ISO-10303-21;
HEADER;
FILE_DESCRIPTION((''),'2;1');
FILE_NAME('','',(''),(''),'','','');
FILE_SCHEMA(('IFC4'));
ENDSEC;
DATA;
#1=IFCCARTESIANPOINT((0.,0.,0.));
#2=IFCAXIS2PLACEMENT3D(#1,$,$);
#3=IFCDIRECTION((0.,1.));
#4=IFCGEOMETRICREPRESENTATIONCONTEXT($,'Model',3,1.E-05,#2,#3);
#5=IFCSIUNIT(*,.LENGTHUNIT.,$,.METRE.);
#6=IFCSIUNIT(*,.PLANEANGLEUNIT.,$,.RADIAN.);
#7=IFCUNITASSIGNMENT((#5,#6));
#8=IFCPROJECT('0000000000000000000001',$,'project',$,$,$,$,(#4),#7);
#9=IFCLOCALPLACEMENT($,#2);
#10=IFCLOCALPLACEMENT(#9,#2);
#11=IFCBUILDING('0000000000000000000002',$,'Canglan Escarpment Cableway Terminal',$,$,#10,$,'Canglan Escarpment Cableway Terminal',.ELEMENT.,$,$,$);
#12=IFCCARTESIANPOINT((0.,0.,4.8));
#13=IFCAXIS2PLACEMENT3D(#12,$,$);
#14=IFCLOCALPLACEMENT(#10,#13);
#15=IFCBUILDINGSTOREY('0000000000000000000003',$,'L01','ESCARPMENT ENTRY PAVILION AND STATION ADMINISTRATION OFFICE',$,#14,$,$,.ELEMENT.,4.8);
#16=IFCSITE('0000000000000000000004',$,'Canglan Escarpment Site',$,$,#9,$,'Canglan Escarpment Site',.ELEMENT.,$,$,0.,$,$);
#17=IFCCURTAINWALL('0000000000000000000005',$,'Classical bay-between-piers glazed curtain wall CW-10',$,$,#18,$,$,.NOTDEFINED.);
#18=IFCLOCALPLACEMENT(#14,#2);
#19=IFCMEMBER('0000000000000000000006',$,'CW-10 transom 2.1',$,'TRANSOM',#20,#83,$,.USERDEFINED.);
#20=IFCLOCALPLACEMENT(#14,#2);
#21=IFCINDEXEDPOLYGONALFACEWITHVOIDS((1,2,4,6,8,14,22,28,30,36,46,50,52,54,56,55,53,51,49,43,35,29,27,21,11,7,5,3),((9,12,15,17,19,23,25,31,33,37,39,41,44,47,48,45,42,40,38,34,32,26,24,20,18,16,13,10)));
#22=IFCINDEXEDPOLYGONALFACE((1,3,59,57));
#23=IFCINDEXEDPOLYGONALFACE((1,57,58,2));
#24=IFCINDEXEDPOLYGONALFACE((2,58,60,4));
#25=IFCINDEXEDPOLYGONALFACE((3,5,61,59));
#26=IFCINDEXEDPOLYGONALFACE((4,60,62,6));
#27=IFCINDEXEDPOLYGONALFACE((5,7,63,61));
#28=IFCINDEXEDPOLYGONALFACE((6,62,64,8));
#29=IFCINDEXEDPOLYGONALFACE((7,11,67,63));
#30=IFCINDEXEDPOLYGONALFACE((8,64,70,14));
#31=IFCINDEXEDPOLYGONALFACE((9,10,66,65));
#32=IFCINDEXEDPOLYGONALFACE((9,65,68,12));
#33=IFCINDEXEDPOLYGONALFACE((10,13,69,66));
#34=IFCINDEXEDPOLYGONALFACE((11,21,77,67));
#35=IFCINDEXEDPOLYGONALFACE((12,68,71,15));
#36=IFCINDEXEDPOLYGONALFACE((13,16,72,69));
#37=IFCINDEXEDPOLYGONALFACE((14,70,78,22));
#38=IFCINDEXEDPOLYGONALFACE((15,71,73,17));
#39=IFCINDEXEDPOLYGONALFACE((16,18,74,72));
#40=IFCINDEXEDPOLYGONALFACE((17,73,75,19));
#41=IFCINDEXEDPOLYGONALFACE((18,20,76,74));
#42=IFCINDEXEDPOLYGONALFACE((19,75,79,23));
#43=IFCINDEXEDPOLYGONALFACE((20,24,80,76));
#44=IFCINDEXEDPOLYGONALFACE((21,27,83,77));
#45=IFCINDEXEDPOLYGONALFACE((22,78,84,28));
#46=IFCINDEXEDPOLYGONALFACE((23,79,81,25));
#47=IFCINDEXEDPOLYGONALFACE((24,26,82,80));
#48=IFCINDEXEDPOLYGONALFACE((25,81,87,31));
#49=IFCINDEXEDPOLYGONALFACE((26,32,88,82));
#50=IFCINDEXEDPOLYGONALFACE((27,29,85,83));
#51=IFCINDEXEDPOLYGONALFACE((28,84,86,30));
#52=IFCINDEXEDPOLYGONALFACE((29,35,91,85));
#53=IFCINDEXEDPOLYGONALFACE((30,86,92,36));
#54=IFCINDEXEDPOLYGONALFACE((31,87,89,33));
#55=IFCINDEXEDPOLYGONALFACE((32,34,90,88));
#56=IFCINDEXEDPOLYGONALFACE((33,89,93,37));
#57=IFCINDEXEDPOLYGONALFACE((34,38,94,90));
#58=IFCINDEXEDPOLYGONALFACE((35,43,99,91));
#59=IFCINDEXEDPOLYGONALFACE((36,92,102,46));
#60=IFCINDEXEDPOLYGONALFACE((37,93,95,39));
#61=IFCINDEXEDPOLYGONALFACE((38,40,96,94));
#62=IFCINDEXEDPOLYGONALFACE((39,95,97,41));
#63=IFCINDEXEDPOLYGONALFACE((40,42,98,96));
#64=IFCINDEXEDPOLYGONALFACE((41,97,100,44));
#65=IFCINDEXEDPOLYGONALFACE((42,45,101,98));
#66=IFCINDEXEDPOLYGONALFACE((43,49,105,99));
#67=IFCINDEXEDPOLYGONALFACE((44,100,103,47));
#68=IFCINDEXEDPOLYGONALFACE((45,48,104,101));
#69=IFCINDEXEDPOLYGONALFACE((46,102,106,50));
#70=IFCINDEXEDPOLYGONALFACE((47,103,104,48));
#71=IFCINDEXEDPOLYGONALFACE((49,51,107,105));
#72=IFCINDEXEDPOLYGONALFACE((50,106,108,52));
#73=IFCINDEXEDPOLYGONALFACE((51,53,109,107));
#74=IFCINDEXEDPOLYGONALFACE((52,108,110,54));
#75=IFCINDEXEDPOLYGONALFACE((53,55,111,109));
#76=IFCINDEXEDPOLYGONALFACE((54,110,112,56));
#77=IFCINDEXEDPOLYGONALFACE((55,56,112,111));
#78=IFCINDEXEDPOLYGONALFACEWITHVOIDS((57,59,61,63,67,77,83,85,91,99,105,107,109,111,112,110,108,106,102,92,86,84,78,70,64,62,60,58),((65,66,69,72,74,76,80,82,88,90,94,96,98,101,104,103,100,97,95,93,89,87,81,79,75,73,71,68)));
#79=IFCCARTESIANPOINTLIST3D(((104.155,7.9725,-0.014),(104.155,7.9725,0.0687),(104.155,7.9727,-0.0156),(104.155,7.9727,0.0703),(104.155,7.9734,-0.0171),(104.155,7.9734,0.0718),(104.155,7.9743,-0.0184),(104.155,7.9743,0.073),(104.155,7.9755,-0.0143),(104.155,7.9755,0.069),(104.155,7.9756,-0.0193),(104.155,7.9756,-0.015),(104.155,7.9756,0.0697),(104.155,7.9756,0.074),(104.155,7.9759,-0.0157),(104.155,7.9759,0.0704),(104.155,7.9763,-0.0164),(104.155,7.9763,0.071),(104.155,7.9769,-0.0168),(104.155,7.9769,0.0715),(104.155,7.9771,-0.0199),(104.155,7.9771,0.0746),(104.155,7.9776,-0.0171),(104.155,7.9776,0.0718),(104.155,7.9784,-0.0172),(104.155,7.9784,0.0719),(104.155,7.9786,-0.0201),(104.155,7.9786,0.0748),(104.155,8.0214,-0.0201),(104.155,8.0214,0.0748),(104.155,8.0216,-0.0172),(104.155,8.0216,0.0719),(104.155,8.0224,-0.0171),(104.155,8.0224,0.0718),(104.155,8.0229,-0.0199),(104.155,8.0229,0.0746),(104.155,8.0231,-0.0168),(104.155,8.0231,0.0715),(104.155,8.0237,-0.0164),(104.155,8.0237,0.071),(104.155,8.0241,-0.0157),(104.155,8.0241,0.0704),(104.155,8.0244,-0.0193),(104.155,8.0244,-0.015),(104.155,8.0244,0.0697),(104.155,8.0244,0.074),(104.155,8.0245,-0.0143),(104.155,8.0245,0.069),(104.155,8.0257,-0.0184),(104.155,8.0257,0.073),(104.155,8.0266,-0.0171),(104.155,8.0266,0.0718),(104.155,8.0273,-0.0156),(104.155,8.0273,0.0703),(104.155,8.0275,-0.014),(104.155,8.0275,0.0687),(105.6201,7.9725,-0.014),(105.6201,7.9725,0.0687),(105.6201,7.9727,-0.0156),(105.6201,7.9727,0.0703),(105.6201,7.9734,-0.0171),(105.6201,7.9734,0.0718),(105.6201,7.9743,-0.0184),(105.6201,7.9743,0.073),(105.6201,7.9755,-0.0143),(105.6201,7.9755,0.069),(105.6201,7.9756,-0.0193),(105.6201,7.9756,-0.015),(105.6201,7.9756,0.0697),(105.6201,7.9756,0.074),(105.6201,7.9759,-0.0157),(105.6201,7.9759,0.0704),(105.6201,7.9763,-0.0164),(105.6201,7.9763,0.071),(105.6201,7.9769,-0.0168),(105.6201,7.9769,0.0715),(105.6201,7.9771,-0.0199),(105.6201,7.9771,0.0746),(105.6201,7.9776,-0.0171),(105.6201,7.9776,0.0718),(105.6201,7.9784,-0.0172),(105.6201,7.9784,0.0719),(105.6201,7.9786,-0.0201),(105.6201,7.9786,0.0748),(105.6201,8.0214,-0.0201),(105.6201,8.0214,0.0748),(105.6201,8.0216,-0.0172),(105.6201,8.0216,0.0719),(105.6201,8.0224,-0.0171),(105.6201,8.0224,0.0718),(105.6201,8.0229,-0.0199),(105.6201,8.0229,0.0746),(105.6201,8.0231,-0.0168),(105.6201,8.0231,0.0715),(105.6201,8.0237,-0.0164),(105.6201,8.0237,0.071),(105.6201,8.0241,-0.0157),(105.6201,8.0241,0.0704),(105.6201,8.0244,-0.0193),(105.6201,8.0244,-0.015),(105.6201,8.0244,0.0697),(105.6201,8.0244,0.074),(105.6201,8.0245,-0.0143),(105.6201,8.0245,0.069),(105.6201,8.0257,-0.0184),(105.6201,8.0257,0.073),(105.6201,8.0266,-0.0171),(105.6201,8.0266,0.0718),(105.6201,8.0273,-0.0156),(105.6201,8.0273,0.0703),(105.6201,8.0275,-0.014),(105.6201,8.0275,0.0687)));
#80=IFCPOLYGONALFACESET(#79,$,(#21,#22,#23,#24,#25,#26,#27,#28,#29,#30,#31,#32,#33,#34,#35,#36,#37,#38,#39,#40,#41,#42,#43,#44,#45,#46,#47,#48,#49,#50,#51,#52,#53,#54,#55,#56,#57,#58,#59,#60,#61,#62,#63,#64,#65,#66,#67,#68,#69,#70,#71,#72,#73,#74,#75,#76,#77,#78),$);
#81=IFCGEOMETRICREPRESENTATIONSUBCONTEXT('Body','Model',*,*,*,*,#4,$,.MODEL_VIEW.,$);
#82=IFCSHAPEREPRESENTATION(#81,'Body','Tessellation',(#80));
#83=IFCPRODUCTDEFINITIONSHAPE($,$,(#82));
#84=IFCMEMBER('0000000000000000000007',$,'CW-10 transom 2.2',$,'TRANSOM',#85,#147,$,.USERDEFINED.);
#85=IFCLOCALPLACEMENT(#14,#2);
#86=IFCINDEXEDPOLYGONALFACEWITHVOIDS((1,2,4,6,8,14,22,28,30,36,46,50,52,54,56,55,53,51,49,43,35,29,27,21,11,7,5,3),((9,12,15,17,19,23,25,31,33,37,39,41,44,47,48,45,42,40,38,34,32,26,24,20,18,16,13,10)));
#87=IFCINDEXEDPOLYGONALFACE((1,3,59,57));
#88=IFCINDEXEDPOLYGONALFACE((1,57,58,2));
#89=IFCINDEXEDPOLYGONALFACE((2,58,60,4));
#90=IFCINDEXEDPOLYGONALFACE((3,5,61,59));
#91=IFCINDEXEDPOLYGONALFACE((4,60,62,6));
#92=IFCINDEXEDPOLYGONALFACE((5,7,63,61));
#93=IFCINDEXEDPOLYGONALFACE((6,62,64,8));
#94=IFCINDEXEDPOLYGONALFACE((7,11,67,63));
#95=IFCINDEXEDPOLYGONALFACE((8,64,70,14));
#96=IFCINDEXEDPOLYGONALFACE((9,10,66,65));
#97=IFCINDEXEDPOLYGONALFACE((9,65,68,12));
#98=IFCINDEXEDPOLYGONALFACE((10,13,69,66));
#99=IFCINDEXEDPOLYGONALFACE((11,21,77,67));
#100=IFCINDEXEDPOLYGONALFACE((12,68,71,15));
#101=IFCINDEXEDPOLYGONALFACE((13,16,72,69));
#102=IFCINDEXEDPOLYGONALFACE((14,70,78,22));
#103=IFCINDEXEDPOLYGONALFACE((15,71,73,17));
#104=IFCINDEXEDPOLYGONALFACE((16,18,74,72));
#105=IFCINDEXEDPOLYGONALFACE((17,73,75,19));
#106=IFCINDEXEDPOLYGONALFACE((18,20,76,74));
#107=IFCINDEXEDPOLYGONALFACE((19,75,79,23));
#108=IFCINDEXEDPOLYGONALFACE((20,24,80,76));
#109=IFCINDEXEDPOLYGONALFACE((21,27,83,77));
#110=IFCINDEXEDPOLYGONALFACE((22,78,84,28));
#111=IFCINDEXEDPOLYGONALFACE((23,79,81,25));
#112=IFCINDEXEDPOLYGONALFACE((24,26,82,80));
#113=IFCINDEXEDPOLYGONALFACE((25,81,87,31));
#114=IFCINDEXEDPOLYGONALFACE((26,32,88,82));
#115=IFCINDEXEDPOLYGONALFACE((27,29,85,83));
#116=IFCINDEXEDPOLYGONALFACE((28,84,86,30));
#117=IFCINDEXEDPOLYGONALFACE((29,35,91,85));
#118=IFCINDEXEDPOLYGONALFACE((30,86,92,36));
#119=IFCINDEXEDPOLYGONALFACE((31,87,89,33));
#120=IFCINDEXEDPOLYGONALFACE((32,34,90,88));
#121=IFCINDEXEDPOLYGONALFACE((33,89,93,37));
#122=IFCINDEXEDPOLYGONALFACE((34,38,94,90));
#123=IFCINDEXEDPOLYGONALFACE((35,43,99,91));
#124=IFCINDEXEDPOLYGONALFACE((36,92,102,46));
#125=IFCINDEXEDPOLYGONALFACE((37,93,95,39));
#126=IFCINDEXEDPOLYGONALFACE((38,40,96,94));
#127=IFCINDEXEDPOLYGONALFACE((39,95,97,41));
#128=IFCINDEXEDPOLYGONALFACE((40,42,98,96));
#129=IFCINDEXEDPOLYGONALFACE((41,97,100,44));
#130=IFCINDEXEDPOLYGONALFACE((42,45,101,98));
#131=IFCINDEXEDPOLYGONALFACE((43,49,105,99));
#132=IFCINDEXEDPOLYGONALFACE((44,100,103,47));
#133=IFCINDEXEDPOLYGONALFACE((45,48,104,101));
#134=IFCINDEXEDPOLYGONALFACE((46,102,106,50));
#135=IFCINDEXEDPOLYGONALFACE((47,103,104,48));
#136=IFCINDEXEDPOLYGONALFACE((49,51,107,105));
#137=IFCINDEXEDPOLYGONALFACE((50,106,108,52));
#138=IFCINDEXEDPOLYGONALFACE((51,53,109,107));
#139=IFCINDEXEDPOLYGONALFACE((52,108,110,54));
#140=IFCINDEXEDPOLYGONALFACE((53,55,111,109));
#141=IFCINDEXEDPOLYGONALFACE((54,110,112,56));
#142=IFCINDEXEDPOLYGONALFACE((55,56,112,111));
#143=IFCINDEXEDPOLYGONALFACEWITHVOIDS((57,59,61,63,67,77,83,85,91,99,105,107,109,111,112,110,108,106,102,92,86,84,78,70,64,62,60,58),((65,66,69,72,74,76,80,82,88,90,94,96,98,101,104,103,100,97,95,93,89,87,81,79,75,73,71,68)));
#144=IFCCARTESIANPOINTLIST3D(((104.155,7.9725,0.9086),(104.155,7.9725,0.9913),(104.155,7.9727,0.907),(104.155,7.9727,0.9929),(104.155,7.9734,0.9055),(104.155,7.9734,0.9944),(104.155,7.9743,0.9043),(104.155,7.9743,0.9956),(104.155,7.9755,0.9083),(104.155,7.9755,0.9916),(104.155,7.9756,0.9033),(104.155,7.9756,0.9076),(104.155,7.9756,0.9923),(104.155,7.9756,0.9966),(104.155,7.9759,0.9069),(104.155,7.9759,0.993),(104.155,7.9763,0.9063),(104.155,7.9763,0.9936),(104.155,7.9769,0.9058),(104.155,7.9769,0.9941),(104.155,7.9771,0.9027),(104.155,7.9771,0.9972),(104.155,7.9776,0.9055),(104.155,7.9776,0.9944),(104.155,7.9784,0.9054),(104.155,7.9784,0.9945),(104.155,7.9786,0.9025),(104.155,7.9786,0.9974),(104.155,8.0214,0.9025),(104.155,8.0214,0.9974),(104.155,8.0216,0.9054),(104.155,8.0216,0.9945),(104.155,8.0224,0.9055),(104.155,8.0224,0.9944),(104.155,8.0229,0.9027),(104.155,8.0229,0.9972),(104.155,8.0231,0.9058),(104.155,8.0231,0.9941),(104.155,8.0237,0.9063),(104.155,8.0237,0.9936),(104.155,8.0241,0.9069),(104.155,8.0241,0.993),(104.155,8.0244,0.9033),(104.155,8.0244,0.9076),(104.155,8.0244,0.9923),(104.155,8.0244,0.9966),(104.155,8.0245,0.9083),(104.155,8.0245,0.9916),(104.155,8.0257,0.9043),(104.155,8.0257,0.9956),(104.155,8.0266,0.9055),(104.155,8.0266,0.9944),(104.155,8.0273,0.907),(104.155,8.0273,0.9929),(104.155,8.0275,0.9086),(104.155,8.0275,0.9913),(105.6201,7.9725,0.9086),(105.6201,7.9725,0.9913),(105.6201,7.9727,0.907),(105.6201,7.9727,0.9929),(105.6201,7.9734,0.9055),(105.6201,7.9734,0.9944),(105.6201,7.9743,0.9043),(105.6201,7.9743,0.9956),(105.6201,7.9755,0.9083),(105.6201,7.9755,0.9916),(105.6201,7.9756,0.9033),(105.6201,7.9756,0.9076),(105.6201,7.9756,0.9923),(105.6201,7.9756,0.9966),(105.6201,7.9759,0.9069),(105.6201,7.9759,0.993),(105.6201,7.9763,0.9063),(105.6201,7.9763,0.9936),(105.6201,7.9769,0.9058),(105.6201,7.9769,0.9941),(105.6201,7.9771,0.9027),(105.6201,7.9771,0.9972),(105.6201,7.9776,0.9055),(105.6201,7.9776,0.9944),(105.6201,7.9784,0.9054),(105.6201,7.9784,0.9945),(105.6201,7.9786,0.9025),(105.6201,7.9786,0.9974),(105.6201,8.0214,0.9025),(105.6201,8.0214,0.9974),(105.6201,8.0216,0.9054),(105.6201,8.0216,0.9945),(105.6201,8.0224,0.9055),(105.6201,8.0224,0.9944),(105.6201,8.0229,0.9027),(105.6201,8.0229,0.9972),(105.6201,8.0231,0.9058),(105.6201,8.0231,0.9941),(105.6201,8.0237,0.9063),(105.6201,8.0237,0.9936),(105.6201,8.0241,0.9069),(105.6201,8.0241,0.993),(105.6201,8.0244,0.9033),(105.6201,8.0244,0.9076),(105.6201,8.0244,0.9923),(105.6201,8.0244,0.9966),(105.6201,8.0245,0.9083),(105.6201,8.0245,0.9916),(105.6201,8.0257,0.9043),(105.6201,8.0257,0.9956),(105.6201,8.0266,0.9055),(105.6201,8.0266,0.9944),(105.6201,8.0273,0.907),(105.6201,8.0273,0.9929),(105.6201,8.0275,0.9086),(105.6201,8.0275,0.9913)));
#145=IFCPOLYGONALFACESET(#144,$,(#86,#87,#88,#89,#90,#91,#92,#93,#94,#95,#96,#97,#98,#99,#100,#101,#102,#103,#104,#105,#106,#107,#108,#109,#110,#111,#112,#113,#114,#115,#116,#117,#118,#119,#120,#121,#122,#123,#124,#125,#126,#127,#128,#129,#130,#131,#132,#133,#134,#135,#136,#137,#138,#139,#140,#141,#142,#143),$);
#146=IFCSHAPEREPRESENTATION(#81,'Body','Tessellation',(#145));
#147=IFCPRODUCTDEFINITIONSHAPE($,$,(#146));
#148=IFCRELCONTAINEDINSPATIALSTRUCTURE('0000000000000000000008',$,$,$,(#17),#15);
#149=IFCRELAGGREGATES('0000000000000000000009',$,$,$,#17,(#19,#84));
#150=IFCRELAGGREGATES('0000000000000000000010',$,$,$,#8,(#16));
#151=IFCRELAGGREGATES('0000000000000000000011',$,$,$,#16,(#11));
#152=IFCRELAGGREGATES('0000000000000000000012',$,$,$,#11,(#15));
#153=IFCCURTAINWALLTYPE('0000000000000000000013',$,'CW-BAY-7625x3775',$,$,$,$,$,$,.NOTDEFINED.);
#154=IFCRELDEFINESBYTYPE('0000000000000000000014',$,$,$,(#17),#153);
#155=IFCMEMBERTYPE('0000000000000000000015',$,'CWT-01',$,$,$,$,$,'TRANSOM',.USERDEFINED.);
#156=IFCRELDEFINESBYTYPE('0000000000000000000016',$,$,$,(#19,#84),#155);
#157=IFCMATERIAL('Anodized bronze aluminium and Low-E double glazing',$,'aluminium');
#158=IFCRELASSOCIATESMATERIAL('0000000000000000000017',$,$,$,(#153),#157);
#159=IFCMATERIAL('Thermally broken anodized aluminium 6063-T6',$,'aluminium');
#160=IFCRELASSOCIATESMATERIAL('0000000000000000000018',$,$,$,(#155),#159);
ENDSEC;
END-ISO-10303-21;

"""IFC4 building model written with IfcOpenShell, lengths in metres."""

from ifc_helpers import new_model, si_unit, direction, frame, origin, origin_2d, place, context, subcontext, project, spatial, hollow_rectangle, extrude, material, material_profile, profile_set, type_object, element, aggregate, save


model = new_model("IFC4")

# Units and contexts
model_context = context("Model", 3, precision=1e-05, world=origin(), true_north=direction((0.0, 1.0)))
body_context = subcontext(model_context, "Body", "Model", "MODEL_VIEW")
ifc_project = project(units=[si_unit("LENGTHUNIT", "METRE"), si_unit("PLANEANGLEUNIT", "RADIAN")], contexts=[model_context])

# Site, building, storey
site_placement = place(None, origin())
site = spatial("IfcSite", under=ifc_project, at=site_placement, Name="Canglan Escarpment Site", LongName="Canglan Escarpment Site", CompositionType="ELEMENT", RefElevation=0.0)
building_placement = place(site_placement, origin())
building = spatial("IfcBuilding", under=site, at=building_placement, Name="Canglan Escarpment Cableway Terminal", LongName="Canglan Escarpment Cableway Terminal", CompositionType="ELEMENT")
storey_placement = place(building_placement, frame((0.0, 0.0, 4.8)))
storey = spatial("IfcBuildingStorey", under=building, at=storey_placement, Name="L01", Description="ESCARPMENT ENTRY PAVILION AND STATION ADMINISTRATION OFFICE", CompositionType="ELEMENT", Elevation=4.8)

# Curtain wall, members
ifc_material_1 = material(Name="Anodized bronze aluminium and Low-E double glazing", Category="aluminium")
curtain_wall_type = type_object("IfcCurtainWallType", Name="CW-BAY-7625x3775", PredefinedType="NOTDEFINED", material=ifc_material_1)
curtain_wall_placement = place(storey_placement, origin())
curtain_wall = element("IfcCurtainWall", 1, at=curtain_wall_placement, inside=storey, type_object=curtain_wall_type, Name="Classical bay-between-piers glazed curtain wall CW-10", PredefinedType="NOTDEFINED")
ifc_material_2 = material(Name="Thermally broken anodized aluminium 6063-T6", Category="aluminium")
ifc_material_profile_1 = material_profile(ifc_material_2, hollow_rectangle(XDim=0.0549, YDim=0.095, WallThickness=0.0029, InnerFilletRadius=0.0029, OuterFilletRadius=0.0061, at=origin_2d()), Name="ALU-TRAN 55x95x3")
ifc_profile_set_1 = profile_set([ifc_material_profile_1], Name="Thermally broken anodized aluminium 6063-T6")
member_type_1 = type_object("IfcMemberType", Name="CWT-01", ElementType="TRANSOM", PredefinedType="USERDEFINED", material=ifc_profile_set_1)
member_1_placement = place(storey_placement, frame((104.155, 8.0, 0.0273), z_axis=(1.0, 0.0, 0.0), x_axis=(0.0, 1.0, 0.0)))
member_1 = element("IfcMember", 2, at=member_1_placement, type_object=member_type_1, Name="CW-10 transom 2.1", ObjectType="TRANSOM", PredefinedType="USERDEFINED", context=body_context, shape_type="SweptSolid", body=[
    extrude(hollow_rectangle(XDim=0.0549, YDim=0.095, WallThickness=0.0029, InnerFilletRadius=0.0029, OuterFilletRadius=0.0061, at=origin_2d()), origin(), (0.0, 0.0, 1.0), 1.4651),
])
member_2_placement = place(storey_placement, frame((104.155, 8.0, 0.95), z_axis=(1.0, 0.0, 0.0), x_axis=(0.0, 1.0, 0.0)))
member_2 = element("IfcMember", 3, at=member_2_placement, type_object=member_type_1, Name="CW-10 transom 2.2", ObjectType="TRANSOM", PredefinedType="USERDEFINED", context=body_context, shape_type="SweptSolid", body=[
    extrude(hollow_rectangle(XDim=0.0549, YDim=0.095, WallThickness=0.0029, InnerFilletRadius=0.0029, OuterFilletRadius=0.0061, at=origin_2d()), origin(), (0.0, 0.0, 1.0), 1.4651),
])
aggregate(curtain_wall, [member_1, member_2])

save(model, "model.ifc")
